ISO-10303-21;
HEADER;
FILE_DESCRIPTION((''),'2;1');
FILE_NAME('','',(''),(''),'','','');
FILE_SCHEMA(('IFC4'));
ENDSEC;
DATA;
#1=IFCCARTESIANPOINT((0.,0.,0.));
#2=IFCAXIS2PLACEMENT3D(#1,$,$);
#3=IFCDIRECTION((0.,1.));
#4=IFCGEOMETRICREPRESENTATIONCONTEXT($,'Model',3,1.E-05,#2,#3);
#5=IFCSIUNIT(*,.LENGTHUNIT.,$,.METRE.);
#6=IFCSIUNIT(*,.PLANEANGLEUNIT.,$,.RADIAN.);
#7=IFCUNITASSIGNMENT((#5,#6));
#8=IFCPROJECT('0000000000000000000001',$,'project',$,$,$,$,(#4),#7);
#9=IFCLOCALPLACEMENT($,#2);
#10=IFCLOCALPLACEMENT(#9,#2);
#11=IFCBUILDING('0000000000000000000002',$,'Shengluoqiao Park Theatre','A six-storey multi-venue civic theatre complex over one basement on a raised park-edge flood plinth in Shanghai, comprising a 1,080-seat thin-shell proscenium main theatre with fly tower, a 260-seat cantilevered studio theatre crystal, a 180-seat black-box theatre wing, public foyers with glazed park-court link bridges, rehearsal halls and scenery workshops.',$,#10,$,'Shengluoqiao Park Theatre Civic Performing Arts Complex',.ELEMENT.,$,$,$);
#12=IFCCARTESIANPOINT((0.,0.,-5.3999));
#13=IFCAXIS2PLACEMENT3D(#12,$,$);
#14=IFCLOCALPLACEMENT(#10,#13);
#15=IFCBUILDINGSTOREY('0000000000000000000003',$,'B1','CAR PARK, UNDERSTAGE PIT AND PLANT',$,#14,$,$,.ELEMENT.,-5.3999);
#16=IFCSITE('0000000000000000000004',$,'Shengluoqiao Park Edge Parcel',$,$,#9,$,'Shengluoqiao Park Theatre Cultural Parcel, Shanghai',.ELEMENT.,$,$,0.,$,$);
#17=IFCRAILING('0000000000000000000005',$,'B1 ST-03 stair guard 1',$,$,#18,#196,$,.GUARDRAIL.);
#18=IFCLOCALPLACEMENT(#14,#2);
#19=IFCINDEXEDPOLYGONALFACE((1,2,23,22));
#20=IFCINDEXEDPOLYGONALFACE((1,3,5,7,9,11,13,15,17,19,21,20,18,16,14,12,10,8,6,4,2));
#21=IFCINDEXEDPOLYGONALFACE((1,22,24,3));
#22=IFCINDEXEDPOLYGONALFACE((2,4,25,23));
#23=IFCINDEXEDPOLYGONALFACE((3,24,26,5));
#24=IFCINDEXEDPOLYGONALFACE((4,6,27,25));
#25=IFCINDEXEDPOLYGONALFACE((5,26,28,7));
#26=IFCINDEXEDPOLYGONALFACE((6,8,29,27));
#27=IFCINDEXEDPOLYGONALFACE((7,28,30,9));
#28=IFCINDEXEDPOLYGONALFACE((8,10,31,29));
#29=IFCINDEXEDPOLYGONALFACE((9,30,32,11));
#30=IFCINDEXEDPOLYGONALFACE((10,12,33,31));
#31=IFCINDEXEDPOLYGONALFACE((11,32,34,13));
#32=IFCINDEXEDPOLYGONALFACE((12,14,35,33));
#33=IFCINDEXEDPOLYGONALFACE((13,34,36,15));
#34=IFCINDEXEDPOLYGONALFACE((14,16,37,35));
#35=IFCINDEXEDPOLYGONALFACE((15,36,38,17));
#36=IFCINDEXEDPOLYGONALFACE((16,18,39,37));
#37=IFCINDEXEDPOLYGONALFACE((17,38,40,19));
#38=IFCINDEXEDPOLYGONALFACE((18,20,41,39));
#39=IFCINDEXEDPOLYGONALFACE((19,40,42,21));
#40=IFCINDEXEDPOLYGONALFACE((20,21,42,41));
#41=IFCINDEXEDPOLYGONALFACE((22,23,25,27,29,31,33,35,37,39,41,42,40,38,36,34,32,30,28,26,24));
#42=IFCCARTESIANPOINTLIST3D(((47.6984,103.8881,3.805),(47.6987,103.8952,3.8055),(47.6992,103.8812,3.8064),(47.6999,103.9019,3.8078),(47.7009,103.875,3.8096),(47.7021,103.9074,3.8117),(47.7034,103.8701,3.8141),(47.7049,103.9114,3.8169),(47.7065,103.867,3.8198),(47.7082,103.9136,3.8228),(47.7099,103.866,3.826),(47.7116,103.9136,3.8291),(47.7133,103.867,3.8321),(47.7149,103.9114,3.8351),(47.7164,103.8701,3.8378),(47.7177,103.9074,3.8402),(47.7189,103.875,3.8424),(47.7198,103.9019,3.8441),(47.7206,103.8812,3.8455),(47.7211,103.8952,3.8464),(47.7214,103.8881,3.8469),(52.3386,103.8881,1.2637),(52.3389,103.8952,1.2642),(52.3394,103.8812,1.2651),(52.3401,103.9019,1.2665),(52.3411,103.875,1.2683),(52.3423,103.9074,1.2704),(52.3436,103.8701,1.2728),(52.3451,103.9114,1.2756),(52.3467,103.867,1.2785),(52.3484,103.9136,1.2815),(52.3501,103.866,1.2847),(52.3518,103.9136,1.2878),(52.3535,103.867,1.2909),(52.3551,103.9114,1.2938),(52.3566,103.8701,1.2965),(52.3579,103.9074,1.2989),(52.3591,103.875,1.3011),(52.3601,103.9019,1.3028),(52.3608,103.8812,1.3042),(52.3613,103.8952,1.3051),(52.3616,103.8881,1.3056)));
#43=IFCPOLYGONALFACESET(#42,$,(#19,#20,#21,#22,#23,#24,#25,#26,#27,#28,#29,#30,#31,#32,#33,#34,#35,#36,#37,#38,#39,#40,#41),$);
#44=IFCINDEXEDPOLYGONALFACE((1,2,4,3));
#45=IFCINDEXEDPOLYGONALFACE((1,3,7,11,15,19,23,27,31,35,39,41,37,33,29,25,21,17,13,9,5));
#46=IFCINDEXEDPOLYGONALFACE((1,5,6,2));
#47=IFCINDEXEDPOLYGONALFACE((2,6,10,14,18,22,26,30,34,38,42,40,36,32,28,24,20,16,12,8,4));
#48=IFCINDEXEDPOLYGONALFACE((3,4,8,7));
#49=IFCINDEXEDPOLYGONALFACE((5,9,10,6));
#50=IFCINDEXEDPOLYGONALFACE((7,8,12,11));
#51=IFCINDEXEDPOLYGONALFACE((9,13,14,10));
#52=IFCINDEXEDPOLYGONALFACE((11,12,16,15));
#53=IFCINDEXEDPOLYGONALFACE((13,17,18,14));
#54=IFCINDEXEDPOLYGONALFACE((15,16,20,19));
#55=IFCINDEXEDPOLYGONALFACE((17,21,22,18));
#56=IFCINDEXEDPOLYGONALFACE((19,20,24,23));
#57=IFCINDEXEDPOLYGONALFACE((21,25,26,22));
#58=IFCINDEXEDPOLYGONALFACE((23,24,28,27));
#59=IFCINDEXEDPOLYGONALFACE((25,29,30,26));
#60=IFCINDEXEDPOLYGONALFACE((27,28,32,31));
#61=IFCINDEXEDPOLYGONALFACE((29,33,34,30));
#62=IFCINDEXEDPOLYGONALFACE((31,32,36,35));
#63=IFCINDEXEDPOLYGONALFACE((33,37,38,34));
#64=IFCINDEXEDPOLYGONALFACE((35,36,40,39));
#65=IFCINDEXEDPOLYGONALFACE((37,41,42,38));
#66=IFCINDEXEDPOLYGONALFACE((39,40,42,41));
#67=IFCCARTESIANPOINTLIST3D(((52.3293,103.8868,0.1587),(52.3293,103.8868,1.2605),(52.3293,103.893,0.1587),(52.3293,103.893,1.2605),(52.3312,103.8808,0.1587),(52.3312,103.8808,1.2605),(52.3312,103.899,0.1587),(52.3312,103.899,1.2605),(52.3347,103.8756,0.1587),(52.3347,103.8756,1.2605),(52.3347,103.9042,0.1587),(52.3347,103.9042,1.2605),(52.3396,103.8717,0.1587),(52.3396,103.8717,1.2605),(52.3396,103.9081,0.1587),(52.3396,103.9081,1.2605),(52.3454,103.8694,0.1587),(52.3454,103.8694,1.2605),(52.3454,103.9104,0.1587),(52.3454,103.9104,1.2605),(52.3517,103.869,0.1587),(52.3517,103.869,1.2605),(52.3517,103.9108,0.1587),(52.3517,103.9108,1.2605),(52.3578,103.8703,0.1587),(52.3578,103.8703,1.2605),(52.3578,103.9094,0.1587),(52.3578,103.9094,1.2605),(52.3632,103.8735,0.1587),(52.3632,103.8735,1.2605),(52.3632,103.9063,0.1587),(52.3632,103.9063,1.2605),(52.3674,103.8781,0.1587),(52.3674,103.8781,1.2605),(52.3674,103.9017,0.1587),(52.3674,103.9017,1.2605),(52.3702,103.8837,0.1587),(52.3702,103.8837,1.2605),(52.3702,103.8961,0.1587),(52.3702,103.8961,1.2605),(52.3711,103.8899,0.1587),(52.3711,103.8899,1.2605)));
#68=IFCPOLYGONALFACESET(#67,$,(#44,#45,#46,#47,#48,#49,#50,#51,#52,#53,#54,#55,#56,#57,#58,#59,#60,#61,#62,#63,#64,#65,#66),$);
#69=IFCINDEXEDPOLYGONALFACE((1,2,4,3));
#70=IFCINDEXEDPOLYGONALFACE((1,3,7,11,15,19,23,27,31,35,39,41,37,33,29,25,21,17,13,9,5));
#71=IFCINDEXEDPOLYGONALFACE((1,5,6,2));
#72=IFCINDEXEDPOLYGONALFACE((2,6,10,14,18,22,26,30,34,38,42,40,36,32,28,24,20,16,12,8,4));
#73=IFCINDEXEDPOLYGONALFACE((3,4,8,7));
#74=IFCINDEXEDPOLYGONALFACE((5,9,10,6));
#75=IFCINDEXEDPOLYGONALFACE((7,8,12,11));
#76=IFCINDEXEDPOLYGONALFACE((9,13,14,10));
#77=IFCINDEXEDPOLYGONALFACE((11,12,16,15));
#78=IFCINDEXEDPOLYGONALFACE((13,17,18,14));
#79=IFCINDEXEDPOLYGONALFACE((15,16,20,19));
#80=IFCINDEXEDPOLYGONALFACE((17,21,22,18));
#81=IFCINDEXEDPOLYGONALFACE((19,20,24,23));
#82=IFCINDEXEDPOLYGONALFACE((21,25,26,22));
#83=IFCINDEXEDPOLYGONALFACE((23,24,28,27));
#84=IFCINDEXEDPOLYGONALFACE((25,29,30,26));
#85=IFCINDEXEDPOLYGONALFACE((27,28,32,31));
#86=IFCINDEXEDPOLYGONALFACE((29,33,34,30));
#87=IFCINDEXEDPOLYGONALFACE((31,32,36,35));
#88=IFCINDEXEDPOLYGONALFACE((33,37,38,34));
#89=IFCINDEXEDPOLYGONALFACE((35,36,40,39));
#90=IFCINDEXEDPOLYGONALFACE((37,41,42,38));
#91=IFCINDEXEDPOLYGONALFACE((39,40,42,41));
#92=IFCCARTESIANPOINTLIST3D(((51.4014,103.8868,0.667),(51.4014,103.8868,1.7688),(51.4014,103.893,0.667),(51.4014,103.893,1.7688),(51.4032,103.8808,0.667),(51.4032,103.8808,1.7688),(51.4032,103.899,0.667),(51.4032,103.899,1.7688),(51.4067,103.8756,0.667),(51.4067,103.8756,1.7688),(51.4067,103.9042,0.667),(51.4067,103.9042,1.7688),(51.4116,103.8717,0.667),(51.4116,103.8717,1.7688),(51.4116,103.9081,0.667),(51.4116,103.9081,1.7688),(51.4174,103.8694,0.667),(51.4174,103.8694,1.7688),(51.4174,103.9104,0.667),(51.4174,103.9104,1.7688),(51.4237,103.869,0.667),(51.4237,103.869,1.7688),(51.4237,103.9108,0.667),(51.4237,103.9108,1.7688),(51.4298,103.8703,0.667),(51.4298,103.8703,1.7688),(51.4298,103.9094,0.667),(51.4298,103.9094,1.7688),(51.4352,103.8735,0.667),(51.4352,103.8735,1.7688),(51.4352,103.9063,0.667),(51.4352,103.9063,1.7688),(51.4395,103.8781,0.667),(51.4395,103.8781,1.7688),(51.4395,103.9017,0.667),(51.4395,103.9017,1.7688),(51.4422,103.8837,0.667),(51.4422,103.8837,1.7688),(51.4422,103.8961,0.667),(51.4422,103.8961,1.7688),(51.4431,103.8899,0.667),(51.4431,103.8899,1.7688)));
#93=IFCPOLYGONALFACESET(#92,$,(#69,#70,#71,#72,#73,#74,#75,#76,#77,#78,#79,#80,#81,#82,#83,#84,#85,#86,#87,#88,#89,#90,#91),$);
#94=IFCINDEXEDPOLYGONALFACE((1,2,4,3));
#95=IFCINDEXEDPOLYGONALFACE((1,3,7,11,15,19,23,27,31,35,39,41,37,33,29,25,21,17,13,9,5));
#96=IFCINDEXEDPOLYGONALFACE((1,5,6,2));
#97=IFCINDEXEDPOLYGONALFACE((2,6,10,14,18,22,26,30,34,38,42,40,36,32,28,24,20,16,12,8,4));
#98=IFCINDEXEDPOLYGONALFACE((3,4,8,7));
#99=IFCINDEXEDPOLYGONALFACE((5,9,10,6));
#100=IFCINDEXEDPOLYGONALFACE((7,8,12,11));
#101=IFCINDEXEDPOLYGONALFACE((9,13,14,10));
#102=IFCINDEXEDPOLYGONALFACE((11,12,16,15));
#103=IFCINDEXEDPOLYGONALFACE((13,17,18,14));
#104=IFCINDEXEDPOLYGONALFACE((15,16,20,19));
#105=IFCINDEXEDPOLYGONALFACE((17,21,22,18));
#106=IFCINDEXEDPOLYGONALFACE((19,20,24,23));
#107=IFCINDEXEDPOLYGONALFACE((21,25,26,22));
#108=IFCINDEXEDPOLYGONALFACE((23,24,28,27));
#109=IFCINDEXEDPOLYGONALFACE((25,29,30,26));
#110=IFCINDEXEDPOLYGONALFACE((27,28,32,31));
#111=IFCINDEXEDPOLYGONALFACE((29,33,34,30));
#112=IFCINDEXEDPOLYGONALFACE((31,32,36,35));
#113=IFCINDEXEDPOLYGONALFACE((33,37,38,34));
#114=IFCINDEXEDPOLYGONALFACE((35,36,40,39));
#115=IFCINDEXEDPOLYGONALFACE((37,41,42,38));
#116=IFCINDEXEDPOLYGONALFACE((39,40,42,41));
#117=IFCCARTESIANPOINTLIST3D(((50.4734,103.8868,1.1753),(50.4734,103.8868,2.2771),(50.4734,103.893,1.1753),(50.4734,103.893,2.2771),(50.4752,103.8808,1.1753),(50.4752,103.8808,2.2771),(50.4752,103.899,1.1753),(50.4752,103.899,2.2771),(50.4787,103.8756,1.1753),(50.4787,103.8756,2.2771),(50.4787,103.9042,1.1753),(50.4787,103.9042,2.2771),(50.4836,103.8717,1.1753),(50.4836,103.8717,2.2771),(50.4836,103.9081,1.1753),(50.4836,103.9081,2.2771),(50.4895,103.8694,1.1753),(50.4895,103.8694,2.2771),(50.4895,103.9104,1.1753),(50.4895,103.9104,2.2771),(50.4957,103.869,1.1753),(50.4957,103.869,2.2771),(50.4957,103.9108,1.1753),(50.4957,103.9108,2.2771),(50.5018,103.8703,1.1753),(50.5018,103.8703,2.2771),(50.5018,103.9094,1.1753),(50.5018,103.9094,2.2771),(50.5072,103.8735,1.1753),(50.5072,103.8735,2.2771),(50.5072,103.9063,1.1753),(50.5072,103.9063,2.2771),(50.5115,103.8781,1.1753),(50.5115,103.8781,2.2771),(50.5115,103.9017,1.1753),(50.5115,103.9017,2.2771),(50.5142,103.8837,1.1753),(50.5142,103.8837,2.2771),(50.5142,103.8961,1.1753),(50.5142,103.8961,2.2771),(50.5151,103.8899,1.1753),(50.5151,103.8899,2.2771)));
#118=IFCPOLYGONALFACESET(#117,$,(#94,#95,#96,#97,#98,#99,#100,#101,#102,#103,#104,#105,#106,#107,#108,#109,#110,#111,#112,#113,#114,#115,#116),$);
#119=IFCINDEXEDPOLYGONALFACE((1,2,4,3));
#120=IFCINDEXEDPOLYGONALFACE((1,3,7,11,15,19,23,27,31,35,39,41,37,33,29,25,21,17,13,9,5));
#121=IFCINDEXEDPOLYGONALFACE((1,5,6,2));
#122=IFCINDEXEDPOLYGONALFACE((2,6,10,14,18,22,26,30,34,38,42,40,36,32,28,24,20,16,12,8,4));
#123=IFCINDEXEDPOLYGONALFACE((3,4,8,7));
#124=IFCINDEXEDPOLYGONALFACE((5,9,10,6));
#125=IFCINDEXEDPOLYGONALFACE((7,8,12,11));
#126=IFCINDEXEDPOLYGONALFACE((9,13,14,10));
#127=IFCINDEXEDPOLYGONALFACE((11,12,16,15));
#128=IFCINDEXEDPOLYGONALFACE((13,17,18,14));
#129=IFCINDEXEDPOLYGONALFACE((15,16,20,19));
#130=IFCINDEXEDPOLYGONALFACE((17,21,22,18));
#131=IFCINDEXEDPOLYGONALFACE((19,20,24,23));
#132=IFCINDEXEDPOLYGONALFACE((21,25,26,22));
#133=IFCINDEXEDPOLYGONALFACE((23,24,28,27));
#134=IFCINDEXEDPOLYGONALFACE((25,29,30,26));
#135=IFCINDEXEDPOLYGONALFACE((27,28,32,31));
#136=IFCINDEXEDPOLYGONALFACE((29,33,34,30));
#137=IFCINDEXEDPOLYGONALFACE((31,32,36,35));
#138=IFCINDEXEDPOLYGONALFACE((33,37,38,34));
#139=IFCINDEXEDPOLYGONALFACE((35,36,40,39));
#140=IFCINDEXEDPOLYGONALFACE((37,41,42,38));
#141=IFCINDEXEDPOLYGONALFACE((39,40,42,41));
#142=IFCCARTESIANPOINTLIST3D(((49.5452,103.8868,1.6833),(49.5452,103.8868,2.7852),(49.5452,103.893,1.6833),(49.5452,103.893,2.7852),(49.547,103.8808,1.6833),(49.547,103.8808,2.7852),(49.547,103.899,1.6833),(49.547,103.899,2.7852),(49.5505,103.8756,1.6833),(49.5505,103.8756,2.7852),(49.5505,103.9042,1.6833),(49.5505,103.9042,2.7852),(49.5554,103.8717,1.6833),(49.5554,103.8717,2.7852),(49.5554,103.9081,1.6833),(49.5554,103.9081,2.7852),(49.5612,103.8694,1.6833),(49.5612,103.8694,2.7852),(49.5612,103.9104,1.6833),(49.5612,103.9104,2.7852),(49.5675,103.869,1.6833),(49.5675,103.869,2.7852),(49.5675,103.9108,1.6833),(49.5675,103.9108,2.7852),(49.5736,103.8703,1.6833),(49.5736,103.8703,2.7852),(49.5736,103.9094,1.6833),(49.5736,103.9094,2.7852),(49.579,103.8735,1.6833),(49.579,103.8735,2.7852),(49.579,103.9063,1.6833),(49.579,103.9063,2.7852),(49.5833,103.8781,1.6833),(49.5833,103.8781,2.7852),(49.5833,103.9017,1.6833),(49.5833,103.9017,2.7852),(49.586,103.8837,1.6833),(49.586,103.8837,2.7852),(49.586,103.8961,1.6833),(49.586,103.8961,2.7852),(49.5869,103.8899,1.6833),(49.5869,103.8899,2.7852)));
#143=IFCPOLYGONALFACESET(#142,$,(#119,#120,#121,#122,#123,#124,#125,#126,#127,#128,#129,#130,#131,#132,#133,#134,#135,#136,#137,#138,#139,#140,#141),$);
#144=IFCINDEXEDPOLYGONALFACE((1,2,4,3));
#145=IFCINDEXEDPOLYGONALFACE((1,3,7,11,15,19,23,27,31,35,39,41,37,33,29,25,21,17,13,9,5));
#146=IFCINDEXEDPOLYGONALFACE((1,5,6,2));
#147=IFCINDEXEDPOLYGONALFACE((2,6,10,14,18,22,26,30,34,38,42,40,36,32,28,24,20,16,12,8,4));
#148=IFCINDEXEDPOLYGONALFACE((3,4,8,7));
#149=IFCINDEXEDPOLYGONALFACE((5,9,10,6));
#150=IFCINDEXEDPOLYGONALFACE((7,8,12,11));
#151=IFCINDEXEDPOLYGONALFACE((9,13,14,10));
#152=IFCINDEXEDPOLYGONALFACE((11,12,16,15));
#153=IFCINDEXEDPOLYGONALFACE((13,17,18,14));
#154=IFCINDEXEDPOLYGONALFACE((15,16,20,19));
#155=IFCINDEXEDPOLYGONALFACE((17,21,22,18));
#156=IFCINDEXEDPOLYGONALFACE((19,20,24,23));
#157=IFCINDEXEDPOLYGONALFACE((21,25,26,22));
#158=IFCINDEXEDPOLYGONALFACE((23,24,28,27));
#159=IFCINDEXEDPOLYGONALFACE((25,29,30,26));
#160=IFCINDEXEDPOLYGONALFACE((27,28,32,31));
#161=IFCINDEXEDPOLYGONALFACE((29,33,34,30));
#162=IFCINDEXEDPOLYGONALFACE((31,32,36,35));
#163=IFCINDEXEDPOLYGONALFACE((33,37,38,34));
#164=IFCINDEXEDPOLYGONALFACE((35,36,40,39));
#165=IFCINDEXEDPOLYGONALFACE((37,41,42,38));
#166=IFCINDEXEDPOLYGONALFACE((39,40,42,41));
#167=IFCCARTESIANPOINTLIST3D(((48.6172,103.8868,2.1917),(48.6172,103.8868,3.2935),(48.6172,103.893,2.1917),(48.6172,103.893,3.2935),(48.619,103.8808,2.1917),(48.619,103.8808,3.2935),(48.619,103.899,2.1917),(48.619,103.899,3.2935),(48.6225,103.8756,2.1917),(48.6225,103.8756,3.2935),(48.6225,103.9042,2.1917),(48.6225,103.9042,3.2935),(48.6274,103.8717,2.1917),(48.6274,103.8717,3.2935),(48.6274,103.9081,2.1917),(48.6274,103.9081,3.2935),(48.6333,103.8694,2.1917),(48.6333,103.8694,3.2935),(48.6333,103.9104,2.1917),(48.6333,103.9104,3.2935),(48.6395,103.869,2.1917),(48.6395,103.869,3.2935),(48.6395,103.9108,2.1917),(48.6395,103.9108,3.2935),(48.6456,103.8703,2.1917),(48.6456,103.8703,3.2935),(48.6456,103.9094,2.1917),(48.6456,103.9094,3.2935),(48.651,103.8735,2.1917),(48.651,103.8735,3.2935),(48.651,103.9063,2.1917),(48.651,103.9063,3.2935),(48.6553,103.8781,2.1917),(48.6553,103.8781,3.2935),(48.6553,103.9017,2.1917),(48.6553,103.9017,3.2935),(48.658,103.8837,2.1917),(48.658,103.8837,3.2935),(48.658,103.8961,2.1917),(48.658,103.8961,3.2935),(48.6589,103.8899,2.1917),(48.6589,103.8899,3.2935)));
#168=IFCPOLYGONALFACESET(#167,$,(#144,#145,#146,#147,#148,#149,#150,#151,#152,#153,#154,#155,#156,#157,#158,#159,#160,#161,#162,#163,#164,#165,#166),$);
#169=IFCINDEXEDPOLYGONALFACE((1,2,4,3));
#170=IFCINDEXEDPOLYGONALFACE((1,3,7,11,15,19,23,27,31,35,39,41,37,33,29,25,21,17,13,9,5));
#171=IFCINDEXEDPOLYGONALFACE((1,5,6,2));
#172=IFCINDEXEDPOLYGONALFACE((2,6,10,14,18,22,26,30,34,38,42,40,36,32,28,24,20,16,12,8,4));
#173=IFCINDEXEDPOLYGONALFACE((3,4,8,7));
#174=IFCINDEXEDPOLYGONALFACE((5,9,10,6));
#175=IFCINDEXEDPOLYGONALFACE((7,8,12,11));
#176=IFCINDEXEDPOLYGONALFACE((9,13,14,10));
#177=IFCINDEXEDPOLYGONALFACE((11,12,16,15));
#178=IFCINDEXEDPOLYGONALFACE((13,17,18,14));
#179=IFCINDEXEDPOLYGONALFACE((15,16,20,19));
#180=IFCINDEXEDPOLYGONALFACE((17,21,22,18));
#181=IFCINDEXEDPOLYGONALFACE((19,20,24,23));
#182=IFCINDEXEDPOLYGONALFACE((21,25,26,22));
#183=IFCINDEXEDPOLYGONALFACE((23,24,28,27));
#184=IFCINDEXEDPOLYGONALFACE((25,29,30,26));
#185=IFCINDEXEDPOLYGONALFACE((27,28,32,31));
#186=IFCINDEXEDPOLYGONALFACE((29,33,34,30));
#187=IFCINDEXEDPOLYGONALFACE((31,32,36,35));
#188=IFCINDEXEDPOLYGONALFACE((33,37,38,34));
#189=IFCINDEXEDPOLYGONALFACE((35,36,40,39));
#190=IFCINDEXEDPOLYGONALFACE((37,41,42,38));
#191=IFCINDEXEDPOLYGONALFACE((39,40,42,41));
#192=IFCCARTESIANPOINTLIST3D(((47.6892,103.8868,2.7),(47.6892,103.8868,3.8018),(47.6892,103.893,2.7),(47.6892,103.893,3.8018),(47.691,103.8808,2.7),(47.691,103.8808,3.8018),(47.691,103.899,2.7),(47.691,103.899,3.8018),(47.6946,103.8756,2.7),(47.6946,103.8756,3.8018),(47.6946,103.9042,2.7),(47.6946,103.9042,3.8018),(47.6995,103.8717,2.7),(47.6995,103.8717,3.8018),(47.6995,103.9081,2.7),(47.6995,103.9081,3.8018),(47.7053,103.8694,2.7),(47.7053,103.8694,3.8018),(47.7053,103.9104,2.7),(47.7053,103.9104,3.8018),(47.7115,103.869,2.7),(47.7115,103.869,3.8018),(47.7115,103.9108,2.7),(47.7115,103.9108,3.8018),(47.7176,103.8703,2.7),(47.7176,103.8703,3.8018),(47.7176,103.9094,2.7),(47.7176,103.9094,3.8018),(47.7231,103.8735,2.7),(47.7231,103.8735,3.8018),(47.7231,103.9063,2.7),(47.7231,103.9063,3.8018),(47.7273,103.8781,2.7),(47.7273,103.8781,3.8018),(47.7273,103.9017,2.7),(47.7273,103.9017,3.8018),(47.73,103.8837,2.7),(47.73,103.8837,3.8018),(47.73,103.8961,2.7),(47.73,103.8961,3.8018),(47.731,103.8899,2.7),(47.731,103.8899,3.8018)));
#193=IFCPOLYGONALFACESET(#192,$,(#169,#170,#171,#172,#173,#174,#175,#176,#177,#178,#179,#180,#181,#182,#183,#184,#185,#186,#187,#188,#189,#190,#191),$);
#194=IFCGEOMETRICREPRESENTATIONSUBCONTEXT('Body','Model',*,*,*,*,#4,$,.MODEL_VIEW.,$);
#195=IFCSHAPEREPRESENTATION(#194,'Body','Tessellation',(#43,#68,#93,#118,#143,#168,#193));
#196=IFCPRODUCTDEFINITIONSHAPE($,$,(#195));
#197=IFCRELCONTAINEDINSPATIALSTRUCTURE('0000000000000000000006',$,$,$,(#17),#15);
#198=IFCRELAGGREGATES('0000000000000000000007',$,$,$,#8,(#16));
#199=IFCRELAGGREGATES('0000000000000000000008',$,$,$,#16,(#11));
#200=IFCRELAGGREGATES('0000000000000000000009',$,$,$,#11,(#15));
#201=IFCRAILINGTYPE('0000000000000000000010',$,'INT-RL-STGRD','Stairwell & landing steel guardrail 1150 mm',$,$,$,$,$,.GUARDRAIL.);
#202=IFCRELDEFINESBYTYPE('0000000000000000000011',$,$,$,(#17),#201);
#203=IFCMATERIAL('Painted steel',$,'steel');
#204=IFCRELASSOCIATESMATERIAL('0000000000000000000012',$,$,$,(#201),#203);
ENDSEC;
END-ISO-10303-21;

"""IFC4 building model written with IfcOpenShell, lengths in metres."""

from ifc_helpers import new_model, si_unit, direction, frame, origin, origin_2d, place, context, subcontext, project, spatial, circle, extrude, material, type_object, element, save


model = new_model("IFC4")

# Units and contexts
model_context = context("Model", 3, precision=1e-05, world=origin(), true_north=direction((0.0, 1.0)))
body_context = subcontext(model_context, "Body", "Model", "MODEL_VIEW")
ifc_project = project(units=[si_unit("LENGTHUNIT", "METRE"), si_unit("PLANEANGLEUNIT", "RADIAN")], contexts=[model_context])

# Site, building, storey
site_placement = place(None, origin())
site = spatial("IfcSite", under=ifc_project, at=site_placement, Name="Shengluoqiao Park Edge Parcel", LongName="Shengluoqiao Park Theatre Cultural Parcel, Shanghai", CompositionType="ELEMENT", RefElevation=0.0)
building_placement = place(site_placement, origin())
building = spatial("IfcBuilding", under=site, at=building_placement, Name="Shengluoqiao Park Theatre", Description="A six-storey multi-venue civic theatre complex over one basement on a raised park-edge flood plinth in Shanghai, comprising a 1,080-seat thin-shell proscenium main theatre with fly tower, a 260-seat cantilevered studio theatre crystal, a 180-seat black-box theatre wing, public foyers with glazed park-court link bridges, rehearsal halls and scenery workshops.", LongName="Shengluoqiao Park Theatre Civic Performing Arts Complex", CompositionType="ELEMENT")
storey_placement = place(building_placement, frame((0.0, 0.0, -5.3999)))
storey = spatial("IfcBuildingStorey", under=building, at=storey_placement, Name="B1", Description="CAR PARK, UNDERSTAGE PIT AND PLANT", CompositionType="ELEMENT", Elevation=-5.3999)

# Railing
ifc_material_1 = material(Name="Painted steel", Category="steel")
railing_type_1 = type_object("IfcRailingType", Name="INT-RL-STGRD", Description="Stairwell & landing steel guardrail 1150 mm", PredefinedType="GUARDRAIL", material=ifc_material_1)
railing_1_placement = place(storey_placement, frame((52.3501, 103.8899, 0.1587)))
element("IfcRailing", 1, at=railing_1_placement, inside=storey, type_object=railing_type_1, Name="B1 ST-03 stair guard 1", PredefinedType="GUARDRAIL", context=body_context, shape_type="SweptSolid", body=[
    extrude(circle(Radius=0.0239, at=origin_2d()), frame((0.0, 0.0, 1.126), z_axis=(-0.877078, 0.0, 0.480348), x_axis=(0.0, -1.0, 0.0)), (0.0, 0.0, 1.0), 5.2905),
    extrude(circle(Radius=0.021, at=origin_2d()), origin(), (0.0, 0.0, 1.0), 1.1018),
    extrude(circle(Radius=0.021, at=origin_2d()), frame((-0.928, 0.0, 0.5083)), (0.0, 0.0, 1.0), 1.1018),
    extrude(circle(Radius=0.021, at=origin_2d()), frame((-1.856, 0.0, 1.0166)), (0.0, 0.0, 1.0), 1.1018),
    extrude(circle(Radius=0.021, at=origin_2d()), frame((-2.7842, 0.0, 1.5247)), (0.0, 0.0, 1.0), 1.1018),
    extrude(circle(Radius=0.021, at=origin_2d()), frame((-3.7122, 0.0, 2.033)), (0.0, 0.0, 1.0), 1.1018),
    extrude(circle(Radius=0.021, at=origin_2d()), frame((-4.6401, 0.0, 2.5413)), (0.0, 0.0, 1.0), 1.1018),
])

save(model, "model.ifc")
